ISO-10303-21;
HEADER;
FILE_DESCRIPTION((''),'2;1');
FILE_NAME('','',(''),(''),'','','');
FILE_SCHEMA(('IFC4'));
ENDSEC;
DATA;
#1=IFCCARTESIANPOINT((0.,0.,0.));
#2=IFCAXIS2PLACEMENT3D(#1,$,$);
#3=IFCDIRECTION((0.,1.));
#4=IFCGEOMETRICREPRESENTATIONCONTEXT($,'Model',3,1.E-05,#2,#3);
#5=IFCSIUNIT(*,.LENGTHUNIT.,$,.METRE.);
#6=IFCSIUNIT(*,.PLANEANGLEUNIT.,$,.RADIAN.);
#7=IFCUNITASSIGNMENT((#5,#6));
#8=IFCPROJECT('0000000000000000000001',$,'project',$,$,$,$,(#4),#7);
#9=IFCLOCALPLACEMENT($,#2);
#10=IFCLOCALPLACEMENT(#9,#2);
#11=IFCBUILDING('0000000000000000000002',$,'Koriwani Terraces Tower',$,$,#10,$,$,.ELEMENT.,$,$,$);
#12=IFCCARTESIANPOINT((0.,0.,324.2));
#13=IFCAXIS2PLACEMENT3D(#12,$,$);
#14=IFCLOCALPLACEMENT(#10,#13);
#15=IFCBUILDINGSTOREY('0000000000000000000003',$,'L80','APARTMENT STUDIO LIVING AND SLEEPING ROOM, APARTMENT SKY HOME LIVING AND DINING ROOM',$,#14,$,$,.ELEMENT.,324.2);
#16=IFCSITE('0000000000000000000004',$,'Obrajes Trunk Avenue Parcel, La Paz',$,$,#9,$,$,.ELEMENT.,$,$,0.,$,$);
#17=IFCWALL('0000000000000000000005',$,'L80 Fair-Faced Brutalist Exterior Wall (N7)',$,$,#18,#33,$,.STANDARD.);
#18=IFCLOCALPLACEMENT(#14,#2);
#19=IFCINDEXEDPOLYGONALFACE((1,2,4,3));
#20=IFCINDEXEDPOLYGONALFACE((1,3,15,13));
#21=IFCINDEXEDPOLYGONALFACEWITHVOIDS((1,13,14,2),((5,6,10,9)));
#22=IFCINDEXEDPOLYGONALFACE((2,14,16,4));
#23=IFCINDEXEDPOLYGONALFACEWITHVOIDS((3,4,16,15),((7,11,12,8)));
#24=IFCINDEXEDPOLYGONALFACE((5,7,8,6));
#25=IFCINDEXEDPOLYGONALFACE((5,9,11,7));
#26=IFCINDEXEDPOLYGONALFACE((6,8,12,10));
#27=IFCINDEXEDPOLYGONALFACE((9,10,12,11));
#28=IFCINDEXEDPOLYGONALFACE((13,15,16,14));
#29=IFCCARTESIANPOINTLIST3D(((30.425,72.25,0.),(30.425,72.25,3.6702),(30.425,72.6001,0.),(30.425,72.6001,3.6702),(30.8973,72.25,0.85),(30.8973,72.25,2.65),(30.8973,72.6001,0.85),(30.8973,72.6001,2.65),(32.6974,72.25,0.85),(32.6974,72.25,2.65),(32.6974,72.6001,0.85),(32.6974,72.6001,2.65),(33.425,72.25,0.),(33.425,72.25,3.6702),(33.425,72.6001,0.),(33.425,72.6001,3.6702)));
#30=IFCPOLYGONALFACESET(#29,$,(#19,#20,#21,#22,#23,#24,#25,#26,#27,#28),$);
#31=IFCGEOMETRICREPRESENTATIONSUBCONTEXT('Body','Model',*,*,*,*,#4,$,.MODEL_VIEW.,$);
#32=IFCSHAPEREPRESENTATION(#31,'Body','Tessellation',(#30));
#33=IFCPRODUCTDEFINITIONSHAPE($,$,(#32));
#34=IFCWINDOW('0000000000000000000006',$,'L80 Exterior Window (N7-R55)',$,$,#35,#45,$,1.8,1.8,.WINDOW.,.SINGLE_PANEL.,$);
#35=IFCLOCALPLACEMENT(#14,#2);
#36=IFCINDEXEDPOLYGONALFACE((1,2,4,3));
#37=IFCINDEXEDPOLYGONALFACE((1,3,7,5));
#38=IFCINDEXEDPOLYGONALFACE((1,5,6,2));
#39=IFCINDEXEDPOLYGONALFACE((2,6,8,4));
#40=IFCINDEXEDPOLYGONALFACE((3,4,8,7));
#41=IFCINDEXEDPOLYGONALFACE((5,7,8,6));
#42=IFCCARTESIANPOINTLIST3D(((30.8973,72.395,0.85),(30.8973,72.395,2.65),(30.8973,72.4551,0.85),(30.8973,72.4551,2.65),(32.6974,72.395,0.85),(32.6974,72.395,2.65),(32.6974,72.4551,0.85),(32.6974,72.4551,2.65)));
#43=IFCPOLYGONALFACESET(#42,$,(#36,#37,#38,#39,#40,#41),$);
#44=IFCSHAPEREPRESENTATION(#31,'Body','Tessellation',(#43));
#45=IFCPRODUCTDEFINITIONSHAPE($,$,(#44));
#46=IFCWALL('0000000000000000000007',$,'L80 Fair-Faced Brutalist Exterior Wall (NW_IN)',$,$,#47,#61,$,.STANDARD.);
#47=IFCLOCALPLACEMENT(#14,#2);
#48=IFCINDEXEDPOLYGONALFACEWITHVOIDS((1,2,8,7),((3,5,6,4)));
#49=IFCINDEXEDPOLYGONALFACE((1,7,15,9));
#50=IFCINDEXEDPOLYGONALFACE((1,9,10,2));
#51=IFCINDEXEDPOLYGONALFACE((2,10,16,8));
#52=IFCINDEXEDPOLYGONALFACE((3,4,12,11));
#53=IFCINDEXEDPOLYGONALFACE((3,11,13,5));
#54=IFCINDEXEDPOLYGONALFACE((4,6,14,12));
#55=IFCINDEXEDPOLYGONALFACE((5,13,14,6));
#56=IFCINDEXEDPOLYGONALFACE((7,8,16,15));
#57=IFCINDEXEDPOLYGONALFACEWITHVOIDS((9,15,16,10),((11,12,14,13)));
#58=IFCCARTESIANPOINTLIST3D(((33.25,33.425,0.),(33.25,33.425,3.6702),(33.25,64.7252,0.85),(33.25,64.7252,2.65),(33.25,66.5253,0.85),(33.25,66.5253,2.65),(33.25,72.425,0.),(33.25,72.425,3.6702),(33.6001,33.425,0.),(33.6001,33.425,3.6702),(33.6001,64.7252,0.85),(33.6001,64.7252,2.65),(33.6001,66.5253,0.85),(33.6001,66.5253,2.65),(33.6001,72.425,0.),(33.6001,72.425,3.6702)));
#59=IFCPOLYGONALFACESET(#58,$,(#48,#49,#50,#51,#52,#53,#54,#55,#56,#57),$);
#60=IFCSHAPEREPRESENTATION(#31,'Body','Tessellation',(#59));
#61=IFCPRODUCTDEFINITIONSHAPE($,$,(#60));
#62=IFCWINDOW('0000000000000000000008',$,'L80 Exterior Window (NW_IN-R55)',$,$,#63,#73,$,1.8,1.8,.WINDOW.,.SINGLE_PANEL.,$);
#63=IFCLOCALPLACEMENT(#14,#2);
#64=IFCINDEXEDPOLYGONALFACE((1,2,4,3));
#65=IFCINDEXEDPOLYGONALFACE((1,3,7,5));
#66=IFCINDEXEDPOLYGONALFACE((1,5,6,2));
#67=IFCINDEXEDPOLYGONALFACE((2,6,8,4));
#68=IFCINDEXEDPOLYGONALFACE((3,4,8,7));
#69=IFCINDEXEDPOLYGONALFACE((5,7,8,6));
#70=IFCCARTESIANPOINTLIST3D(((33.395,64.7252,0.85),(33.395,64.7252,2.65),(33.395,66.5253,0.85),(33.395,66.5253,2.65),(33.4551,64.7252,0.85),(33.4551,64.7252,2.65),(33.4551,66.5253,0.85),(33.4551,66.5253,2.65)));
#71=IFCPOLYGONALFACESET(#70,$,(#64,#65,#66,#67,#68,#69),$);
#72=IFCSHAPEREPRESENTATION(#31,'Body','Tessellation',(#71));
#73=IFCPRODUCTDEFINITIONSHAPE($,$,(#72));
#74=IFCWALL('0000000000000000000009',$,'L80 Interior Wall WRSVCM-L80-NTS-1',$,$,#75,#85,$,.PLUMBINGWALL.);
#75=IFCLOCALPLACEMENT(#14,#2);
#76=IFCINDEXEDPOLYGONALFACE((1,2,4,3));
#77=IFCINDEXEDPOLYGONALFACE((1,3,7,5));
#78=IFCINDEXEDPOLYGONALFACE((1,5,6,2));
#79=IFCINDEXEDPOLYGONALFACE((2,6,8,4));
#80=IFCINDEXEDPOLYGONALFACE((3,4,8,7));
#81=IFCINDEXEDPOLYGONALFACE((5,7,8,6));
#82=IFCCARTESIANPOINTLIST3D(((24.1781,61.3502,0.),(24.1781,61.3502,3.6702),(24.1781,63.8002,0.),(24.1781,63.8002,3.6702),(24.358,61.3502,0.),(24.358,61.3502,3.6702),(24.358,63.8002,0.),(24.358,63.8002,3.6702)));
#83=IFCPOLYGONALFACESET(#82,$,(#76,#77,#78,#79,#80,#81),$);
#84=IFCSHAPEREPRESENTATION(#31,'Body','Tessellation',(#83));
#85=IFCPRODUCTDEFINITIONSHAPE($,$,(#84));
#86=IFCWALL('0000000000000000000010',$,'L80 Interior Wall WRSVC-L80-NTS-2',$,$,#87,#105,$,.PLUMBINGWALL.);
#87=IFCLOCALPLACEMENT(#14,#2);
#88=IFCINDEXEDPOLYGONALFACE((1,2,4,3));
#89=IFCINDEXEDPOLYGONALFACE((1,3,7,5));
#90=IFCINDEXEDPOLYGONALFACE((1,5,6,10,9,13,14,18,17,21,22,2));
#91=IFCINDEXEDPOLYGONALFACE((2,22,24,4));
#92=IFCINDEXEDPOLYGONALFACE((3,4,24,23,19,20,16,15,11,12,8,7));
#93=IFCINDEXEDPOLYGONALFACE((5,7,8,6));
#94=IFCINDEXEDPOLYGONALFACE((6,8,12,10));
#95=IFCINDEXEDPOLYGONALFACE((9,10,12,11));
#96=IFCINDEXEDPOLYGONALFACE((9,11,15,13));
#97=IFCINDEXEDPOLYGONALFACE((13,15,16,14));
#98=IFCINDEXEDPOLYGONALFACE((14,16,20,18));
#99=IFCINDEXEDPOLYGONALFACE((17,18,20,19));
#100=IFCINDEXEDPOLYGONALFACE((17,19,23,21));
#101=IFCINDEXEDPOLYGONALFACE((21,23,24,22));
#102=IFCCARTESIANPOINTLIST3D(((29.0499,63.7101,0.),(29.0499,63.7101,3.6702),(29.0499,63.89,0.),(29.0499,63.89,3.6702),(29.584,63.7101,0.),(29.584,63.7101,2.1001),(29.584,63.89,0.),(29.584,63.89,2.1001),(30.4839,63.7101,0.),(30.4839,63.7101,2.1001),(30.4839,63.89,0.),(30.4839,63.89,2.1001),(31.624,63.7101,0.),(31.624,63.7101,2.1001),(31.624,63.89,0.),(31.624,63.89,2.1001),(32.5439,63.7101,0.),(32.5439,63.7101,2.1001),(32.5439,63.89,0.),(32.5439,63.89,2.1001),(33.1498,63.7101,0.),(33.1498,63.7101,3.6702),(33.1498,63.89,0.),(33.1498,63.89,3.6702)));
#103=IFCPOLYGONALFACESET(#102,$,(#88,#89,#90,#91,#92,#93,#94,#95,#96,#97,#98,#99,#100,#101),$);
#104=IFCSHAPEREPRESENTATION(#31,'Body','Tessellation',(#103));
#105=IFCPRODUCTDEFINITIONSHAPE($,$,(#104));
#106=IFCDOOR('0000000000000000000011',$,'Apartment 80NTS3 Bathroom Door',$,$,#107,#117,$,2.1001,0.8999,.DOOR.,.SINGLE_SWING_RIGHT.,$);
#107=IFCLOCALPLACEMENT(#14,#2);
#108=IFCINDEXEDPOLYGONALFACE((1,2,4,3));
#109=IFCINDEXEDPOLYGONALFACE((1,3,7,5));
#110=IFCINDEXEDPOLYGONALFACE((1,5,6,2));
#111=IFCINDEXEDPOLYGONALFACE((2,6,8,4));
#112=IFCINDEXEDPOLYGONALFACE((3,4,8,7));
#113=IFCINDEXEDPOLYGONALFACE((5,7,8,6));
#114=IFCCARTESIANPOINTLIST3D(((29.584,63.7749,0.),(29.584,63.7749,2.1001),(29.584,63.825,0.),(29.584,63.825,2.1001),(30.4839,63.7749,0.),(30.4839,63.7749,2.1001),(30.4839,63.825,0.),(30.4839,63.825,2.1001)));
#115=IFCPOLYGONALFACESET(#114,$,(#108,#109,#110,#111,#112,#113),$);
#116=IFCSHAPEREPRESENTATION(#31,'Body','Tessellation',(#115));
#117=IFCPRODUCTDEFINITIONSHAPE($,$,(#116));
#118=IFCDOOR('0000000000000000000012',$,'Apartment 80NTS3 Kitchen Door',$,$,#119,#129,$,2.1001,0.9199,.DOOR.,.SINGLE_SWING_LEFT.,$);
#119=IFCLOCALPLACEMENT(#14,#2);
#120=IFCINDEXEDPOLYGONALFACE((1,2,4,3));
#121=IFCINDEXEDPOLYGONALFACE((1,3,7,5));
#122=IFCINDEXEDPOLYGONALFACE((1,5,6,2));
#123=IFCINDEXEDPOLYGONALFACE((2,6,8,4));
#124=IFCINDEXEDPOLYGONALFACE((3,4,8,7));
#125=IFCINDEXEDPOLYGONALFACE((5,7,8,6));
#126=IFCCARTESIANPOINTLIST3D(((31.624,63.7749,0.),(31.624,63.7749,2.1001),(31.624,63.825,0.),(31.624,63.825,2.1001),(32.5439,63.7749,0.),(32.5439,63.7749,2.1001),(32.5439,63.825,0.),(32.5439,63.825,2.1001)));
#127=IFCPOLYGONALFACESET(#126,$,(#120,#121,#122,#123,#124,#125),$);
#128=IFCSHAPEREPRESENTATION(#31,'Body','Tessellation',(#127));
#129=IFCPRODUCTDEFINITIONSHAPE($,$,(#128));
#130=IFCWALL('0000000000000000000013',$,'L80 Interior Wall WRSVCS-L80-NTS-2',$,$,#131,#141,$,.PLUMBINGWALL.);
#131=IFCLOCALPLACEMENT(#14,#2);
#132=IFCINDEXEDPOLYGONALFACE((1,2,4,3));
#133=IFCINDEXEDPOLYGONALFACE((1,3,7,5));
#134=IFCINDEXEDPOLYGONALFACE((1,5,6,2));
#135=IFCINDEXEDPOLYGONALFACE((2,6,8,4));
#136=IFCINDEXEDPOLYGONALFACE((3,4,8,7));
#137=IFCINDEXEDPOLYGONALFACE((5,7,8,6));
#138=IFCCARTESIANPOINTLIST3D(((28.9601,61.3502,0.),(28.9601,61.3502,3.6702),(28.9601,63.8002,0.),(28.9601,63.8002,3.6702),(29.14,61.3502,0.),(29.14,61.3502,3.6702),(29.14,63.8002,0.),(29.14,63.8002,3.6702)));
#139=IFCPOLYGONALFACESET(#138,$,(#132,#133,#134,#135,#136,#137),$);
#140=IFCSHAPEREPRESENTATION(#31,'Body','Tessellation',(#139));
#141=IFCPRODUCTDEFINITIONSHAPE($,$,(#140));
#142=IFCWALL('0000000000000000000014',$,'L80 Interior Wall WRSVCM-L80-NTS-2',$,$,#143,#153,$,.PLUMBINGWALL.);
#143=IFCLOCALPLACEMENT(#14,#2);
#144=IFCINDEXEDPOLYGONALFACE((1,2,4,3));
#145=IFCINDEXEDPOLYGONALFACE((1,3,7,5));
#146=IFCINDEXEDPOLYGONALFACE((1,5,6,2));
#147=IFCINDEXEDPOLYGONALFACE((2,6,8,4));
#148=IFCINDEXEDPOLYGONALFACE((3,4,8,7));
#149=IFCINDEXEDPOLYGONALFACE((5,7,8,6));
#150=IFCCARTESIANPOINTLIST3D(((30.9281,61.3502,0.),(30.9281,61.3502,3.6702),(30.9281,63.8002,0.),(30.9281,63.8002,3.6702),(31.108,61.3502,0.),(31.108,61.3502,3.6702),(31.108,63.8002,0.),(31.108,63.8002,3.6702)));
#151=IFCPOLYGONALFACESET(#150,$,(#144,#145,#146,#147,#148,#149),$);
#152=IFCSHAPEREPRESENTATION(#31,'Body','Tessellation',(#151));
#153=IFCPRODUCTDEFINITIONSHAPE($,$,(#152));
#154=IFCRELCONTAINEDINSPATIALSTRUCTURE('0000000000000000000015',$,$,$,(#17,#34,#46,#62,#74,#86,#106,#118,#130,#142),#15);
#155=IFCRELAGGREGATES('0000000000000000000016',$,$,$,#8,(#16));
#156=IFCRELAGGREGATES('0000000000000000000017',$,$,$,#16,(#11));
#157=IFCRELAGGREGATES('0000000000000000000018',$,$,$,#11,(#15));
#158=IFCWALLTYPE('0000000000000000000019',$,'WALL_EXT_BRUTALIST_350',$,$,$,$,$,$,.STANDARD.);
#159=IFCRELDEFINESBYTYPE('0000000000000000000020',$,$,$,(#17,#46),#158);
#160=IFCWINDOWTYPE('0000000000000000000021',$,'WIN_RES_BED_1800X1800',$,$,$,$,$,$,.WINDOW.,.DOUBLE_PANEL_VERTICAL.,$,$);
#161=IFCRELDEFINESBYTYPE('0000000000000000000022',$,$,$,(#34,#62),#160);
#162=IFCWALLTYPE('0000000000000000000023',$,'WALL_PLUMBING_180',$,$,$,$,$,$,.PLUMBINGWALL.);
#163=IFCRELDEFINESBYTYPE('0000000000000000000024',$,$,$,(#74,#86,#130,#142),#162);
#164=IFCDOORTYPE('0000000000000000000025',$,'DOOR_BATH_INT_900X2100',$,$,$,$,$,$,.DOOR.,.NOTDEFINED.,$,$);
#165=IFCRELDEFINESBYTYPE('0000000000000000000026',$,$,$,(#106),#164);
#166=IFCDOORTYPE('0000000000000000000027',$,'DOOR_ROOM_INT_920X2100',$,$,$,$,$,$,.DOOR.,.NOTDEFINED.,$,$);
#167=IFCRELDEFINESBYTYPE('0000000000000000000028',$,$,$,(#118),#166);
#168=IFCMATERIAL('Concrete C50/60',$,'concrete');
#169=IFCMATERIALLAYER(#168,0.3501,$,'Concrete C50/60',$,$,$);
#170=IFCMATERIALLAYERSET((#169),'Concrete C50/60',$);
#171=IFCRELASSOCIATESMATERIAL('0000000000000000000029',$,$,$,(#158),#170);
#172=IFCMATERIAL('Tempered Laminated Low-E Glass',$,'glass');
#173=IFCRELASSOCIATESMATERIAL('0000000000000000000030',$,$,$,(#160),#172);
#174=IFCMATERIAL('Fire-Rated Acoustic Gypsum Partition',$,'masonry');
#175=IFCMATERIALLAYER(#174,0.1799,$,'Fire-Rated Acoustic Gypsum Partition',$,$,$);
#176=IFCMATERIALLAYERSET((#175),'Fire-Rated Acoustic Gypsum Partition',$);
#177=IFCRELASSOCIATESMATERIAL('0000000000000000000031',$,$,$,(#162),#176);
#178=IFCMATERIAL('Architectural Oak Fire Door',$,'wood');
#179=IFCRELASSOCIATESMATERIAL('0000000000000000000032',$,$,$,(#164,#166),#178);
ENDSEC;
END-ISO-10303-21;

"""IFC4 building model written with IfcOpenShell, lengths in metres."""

from ifc_helpers import new_model, si_unit, direction, frame, frame_2d, origin, place, context, subcontext, project, spatial, rectangle, extrude, material, layer, layer_set, type_object, element, fill, save


model = new_model("IFC4")

# Units and contexts
model_context = context("Model", 3, precision=1e-05, world=origin(), true_north=direction((0.0, 1.0)))
body_context = subcontext(model_context, "Body", "Model", "MODEL_VIEW")
ifc_project = project(units=[si_unit("LENGTHUNIT", "METRE"), si_unit("PLANEANGLEUNIT", "RADIAN")], contexts=[model_context])

# Site, building, storey
site_placement = place(None, origin())
site = spatial("IfcSite", under=ifc_project, at=site_placement, Name="Obrajes Trunk Avenue Parcel, La Paz", CompositionType="ELEMENT", RefElevation=0.0)
building_placement = place(site_placement, origin())
building = spatial("IfcBuilding", under=site, at=building_placement, Name="Koriwani Terraces Tower", CompositionType="ELEMENT")
storey_placement = place(building_placement, frame((0.0, 0.0, 324.2)))
storey = spatial("IfcBuildingStorey", under=building, at=storey_placement, Name="L80", Description="APARTMENT STUDIO LIVING AND SLEEPING ROOM, APARTMENT SKY HOME LIVING AND DINING ROOM", CompositionType="ELEMENT", Elevation=324.2)

# Shared definitions
ifc_material_1 = material(Name="Concrete C50/60", Category="concrete")

# Shared definitions
ifc_layer_1 = layer(ifc_material_1, 0.3501, Name="Concrete C50/60")
ifc_layer_set_1 = layer_set([ifc_layer_1], Name="Concrete C50/60")
wall_type_1 = type_object("IfcWallType", Name="WALL_EXT_BRUTALIST_350", PredefinedType="STANDARD", material=ifc_layer_set_1)

# Walls, openings, windows
wall_1_placement = place(storey_placement, frame((30.425, 72.425, 0.0), z_axis=(0.0, 0.0, 1.0), x_axis=(1.0, 0.0, 0.0)))
wall_1 = element("IfcWall", 1, at=wall_1_placement, inside=storey, type_object=wall_type_1, Name="L80 Fair-Faced Brutalist Exterior Wall (N7)", PredefinedType="STANDARD", context=body_context, shape_type="SweptSolid", body=[
    extrude(rectangle(XDim=3.0, YDim=0.3501, at=frame_2d((1.5, 0.0))), origin(), (0.0, 0.0, 1.0), 3.6702),
])
opening_1_placement = place(wall_1_placement, frame((0.4724, 0.0, 0.8501)))
opening_1 = element("IfcOpeningElement", 2, at=opening_1_placement, cuts=wall_1, PredefinedType="OPENING", context=body_context, shape_type="SweptSolid", body=[
    extrude(rectangle(XDim=1.8, YDim=1.8, at=frame_2d((0.8999, 0.8999))), frame((0.0, 0.1851, 0.0), z_axis=(0.0, -1.0, 0.0), x_axis=(1.0, 0.0, 0.0)), (0.0, 0.0, 1.0), 0.3701),
])
ifc_material_2 = material(Name="Tempered Laminated Low-E Glass", Category="glass")
window_type = type_object("IfcWindowType", Name="WIN_RES_BED_1800X1800", PartitioningType="DOUBLE_PANEL_VERTICAL", PredefinedType="WINDOW", material=ifc_material_2)
window_1_placement = place(opening_1_placement, origin())
window_1 = element("IfcWindow", 3, at=window_1_placement, inside=storey, type_object=window_type, Name="L80 Exterior Window (N7-R55)", OverallHeight=1.8, OverallWidth=1.8, PartitioningType="SINGLE_PANEL", PredefinedType="WINDOW", context=body_context, shape_type="SweptSolid", body=[
    extrude(rectangle(XDim=1.8, YDim=1.8, at=frame_2d((0.8999, 0.8999))), frame((0.0, 0.03, 0.0), z_axis=(0.0, -1.0, 0.0), x_axis=(1.0, 0.0, 0.0)), (0.0, 0.0, 1.0), 0.0601),
])
fill(opening_1, window_1)
wall_2_placement = place(storey_placement, frame((33.425, 72.425, 0.0), z_axis=(0.0, 0.0, 1.0), x_axis=(0.0, -1.0, 0.0)))
wall_2 = element("IfcWall", 4, at=wall_2_placement, inside=storey, type_object=wall_type_1, Name="L80 Fair-Faced Brutalist Exterior Wall (NW_IN)", PredefinedType="STANDARD", context=body_context, shape_type="SweptSolid", body=[
    extrude(rectangle(XDim=39.0, YDim=0.3501, at=frame_2d((19.5, 0.0))), origin(), (0.0, 0.0, 1.0), 3.6702),
])
opening_2_placement = place(wall_2_placement, frame((5.8999, 0.0, 0.8501)))
opening_2 = element("IfcOpeningElement", 5, at=opening_2_placement, cuts=wall_2, PredefinedType="OPENING", context=body_context, shape_type="SweptSolid", body=[
    extrude(rectangle(XDim=1.8, YDim=1.8, at=frame_2d((0.8999, 0.8999))), frame((0.0, 0.1851, 0.0), z_axis=(0.0, -1.0, 0.0), x_axis=(1.0, 0.0, 0.0)), (0.0, 0.0, 1.0), 0.3701),
])
window_2_placement = place(opening_2_placement, origin())
window_2 = element("IfcWindow", 6, at=window_2_placement, inside=storey, type_object=window_type, Name="L80 Exterior Window (NW_IN-R55)", OverallHeight=1.8, OverallWidth=1.8, PartitioningType="SINGLE_PANEL", PredefinedType="WINDOW", context=body_context, shape_type="SweptSolid", body=[
    extrude(rectangle(XDim=1.8, YDim=1.8, at=frame_2d((0.8999, 0.8999))), frame((0.0, 0.03, 0.0), z_axis=(0.0, -1.0, 0.0), x_axis=(1.0, 0.0, 0.0)), (0.0, 0.0, 1.0), 0.0601),
])
fill(opening_2, window_2)

# Wall
ifc_material_3 = material(Name="Fire-Rated Acoustic Gypsum Partition", Category="masonry")
ifc_layer_2 = layer(ifc_material_3, 0.1799, Name="Fire-Rated Acoustic Gypsum Partition")
ifc_layer_set_2 = layer_set([ifc_layer_2], Name="Fire-Rated Acoustic Gypsum Partition")
wall_type_2 = type_object("IfcWallType", Name="WALL_PLUMBING_180", PredefinedType="PLUMBINGWALL", material=ifc_layer_set_2)
wall_3_placement = place(storey_placement, frame((24.2681, 61.3501, 0.0), z_axis=(0.0, 0.0, 1.0), x_axis=(0.0, 1.0, 0.0)))
element("IfcWall", 7, at=wall_3_placement, inside=storey, type_object=wall_type_2, Name="L80 Interior Wall WRSVCM-L80-NTS-1", PredefinedType="PLUMBINGWALL", context=body_context, shape_type="SweptSolid", body=[
    extrude(rectangle(XDim=2.45, YDim=0.1799, at=frame_2d((1.2251, 0.0))), origin(), (0.0, 0.0, 1.0), 3.6702),
])

# Wall, openings, doors
wall_4_placement = place(storey_placement, frame((29.05, 63.8, 0.0), z_axis=(0.0, 0.0, 1.0), x_axis=(1.0, 0.0, 0.0)))
wall_4 = element("IfcWall", 8, at=wall_4_placement, inside=storey, type_object=wall_type_2, Name="L80 Interior Wall WRSVC-L80-NTS-2", PredefinedType="PLUMBINGWALL", context=body_context, shape_type="SweptSolid", body=[
    extrude(rectangle(XDim=4.0999, YDim=0.1799, at=frame_2d((2.0498, 0.0))), origin(), (0.0, 0.0, 1.0), 3.6702),
])
opening_3_placement = place(wall_4_placement, frame((0.5339, 0.0, 0.0)))
opening_3 = element("IfcOpeningElement", 9, at=opening_3_placement, cuts=wall_4, PredefinedType="OPENING", context=body_context, shape_type="SweptSolid", body=[
    extrude(rectangle(XDim=0.8999, YDim=2.1001, at=frame_2d((0.45, 1.05))), frame((0.0, 0.1001, 0.0), z_axis=(0.0, -1.0, 0.0), x_axis=(1.0, 0.0, 0.0)), (0.0, 0.0, 1.0), 0.2),
])
opening_4_placement = place(wall_4_placement, frame((2.574, 0.0, 0.0)))
opening_4 = element("IfcOpeningElement", 10, at=opening_4_placement, cuts=wall_4, PredefinedType="OPENING", context=body_context, shape_type="SweptSolid", body=[
    extrude(rectangle(XDim=0.9199, YDim=2.1001, at=frame_2d((0.46, 1.05))), frame((0.0, 0.1001, 0.0), z_axis=(0.0, -1.0, 0.0), x_axis=(1.0, 0.0, 0.0)), (0.0, 0.0, 1.0), 0.2),
])
ifc_material_4 = material(Name="Architectural Oak Fire Door", Category="wood")
door_type_1 = type_object("IfcDoorType", Name="DOOR_BATH_INT_900X2100", OperationType="NOTDEFINED", PredefinedType="DOOR", material=ifc_material_4)
door_1_placement = place(opening_3_placement, origin())
door_1 = element("IfcDoor", 11, at=door_1_placement, inside=storey, type_object=door_type_1, Name="Apartment 80NTS3 Bathroom Door", OperationType="SINGLE_SWING_RIGHT", OverallHeight=2.1001, OverallWidth=0.8999, PredefinedType="DOOR", context=body_context, shape_type="SweptSolid", body=[
    extrude(rectangle(XDim=0.8999, YDim=2.1001, at=frame_2d((0.45, 1.05))), frame((0.0, 0.0249, 0.0), z_axis=(0.0, -1.0, 0.0), x_axis=(1.0, 0.0, 0.0)), (0.0, 0.0, 1.0), 0.05),
])
fill(opening_3, door_1)
door_type_2 = type_object("IfcDoorType", Name="DOOR_ROOM_INT_920X2100", OperationType="NOTDEFINED", PredefinedType="DOOR", material=ifc_material_4)
door_2_placement = place(opening_4_placement, origin())
door_2 = element("IfcDoor", 12, at=door_2_placement, inside=storey, type_object=door_type_2, Name="Apartment 80NTS3 Kitchen Door", OperationType="SINGLE_SWING_LEFT", OverallHeight=2.1001, OverallWidth=0.9199, PredefinedType="DOOR", context=body_context, shape_type="SweptSolid", body=[
    extrude(rectangle(XDim=0.9199, YDim=2.1001, at=frame_2d((0.46, 1.05))), frame((0.0, 0.0249, 0.0), z_axis=(0.0, -1.0, 0.0), x_axis=(1.0, 0.0, 0.0)), (0.0, 0.0, 1.0), 0.05),
])
fill(opening_4, door_2)

# Walls
for number, where, z_axis, x_axis, name in (
    (13, (29.05, 61.3501, 0.0), (0.0, 0.0, 1.0), (0.0, 1.0, 0.0), "L80 Interior Wall WRSVCS-L80-NTS-2"),
    (14, (31.0181, 61.3501, 0.0), (0.0, 0.0, 1.0), (0.0, 1.0, 0.0), "L80 Interior Wall WRSVCM-L80-NTS-2"),
):
    element("IfcWall", number, at=place(storey_placement, frame(where, z_axis=z_axis, x_axis=x_axis)), inside=storey, type_object=wall_type_2, Name=name, PredefinedType="PLUMBINGWALL", context=body_context, shape_type="SweptSolid", body=[
        extrude(rectangle(XDim=2.45, YDim=0.1799, at=frame_2d((1.2251, 0.0))), origin(), (0.0, 0.0, 1.0), 3.6702),
    ])

save(model, "model.ifc")
